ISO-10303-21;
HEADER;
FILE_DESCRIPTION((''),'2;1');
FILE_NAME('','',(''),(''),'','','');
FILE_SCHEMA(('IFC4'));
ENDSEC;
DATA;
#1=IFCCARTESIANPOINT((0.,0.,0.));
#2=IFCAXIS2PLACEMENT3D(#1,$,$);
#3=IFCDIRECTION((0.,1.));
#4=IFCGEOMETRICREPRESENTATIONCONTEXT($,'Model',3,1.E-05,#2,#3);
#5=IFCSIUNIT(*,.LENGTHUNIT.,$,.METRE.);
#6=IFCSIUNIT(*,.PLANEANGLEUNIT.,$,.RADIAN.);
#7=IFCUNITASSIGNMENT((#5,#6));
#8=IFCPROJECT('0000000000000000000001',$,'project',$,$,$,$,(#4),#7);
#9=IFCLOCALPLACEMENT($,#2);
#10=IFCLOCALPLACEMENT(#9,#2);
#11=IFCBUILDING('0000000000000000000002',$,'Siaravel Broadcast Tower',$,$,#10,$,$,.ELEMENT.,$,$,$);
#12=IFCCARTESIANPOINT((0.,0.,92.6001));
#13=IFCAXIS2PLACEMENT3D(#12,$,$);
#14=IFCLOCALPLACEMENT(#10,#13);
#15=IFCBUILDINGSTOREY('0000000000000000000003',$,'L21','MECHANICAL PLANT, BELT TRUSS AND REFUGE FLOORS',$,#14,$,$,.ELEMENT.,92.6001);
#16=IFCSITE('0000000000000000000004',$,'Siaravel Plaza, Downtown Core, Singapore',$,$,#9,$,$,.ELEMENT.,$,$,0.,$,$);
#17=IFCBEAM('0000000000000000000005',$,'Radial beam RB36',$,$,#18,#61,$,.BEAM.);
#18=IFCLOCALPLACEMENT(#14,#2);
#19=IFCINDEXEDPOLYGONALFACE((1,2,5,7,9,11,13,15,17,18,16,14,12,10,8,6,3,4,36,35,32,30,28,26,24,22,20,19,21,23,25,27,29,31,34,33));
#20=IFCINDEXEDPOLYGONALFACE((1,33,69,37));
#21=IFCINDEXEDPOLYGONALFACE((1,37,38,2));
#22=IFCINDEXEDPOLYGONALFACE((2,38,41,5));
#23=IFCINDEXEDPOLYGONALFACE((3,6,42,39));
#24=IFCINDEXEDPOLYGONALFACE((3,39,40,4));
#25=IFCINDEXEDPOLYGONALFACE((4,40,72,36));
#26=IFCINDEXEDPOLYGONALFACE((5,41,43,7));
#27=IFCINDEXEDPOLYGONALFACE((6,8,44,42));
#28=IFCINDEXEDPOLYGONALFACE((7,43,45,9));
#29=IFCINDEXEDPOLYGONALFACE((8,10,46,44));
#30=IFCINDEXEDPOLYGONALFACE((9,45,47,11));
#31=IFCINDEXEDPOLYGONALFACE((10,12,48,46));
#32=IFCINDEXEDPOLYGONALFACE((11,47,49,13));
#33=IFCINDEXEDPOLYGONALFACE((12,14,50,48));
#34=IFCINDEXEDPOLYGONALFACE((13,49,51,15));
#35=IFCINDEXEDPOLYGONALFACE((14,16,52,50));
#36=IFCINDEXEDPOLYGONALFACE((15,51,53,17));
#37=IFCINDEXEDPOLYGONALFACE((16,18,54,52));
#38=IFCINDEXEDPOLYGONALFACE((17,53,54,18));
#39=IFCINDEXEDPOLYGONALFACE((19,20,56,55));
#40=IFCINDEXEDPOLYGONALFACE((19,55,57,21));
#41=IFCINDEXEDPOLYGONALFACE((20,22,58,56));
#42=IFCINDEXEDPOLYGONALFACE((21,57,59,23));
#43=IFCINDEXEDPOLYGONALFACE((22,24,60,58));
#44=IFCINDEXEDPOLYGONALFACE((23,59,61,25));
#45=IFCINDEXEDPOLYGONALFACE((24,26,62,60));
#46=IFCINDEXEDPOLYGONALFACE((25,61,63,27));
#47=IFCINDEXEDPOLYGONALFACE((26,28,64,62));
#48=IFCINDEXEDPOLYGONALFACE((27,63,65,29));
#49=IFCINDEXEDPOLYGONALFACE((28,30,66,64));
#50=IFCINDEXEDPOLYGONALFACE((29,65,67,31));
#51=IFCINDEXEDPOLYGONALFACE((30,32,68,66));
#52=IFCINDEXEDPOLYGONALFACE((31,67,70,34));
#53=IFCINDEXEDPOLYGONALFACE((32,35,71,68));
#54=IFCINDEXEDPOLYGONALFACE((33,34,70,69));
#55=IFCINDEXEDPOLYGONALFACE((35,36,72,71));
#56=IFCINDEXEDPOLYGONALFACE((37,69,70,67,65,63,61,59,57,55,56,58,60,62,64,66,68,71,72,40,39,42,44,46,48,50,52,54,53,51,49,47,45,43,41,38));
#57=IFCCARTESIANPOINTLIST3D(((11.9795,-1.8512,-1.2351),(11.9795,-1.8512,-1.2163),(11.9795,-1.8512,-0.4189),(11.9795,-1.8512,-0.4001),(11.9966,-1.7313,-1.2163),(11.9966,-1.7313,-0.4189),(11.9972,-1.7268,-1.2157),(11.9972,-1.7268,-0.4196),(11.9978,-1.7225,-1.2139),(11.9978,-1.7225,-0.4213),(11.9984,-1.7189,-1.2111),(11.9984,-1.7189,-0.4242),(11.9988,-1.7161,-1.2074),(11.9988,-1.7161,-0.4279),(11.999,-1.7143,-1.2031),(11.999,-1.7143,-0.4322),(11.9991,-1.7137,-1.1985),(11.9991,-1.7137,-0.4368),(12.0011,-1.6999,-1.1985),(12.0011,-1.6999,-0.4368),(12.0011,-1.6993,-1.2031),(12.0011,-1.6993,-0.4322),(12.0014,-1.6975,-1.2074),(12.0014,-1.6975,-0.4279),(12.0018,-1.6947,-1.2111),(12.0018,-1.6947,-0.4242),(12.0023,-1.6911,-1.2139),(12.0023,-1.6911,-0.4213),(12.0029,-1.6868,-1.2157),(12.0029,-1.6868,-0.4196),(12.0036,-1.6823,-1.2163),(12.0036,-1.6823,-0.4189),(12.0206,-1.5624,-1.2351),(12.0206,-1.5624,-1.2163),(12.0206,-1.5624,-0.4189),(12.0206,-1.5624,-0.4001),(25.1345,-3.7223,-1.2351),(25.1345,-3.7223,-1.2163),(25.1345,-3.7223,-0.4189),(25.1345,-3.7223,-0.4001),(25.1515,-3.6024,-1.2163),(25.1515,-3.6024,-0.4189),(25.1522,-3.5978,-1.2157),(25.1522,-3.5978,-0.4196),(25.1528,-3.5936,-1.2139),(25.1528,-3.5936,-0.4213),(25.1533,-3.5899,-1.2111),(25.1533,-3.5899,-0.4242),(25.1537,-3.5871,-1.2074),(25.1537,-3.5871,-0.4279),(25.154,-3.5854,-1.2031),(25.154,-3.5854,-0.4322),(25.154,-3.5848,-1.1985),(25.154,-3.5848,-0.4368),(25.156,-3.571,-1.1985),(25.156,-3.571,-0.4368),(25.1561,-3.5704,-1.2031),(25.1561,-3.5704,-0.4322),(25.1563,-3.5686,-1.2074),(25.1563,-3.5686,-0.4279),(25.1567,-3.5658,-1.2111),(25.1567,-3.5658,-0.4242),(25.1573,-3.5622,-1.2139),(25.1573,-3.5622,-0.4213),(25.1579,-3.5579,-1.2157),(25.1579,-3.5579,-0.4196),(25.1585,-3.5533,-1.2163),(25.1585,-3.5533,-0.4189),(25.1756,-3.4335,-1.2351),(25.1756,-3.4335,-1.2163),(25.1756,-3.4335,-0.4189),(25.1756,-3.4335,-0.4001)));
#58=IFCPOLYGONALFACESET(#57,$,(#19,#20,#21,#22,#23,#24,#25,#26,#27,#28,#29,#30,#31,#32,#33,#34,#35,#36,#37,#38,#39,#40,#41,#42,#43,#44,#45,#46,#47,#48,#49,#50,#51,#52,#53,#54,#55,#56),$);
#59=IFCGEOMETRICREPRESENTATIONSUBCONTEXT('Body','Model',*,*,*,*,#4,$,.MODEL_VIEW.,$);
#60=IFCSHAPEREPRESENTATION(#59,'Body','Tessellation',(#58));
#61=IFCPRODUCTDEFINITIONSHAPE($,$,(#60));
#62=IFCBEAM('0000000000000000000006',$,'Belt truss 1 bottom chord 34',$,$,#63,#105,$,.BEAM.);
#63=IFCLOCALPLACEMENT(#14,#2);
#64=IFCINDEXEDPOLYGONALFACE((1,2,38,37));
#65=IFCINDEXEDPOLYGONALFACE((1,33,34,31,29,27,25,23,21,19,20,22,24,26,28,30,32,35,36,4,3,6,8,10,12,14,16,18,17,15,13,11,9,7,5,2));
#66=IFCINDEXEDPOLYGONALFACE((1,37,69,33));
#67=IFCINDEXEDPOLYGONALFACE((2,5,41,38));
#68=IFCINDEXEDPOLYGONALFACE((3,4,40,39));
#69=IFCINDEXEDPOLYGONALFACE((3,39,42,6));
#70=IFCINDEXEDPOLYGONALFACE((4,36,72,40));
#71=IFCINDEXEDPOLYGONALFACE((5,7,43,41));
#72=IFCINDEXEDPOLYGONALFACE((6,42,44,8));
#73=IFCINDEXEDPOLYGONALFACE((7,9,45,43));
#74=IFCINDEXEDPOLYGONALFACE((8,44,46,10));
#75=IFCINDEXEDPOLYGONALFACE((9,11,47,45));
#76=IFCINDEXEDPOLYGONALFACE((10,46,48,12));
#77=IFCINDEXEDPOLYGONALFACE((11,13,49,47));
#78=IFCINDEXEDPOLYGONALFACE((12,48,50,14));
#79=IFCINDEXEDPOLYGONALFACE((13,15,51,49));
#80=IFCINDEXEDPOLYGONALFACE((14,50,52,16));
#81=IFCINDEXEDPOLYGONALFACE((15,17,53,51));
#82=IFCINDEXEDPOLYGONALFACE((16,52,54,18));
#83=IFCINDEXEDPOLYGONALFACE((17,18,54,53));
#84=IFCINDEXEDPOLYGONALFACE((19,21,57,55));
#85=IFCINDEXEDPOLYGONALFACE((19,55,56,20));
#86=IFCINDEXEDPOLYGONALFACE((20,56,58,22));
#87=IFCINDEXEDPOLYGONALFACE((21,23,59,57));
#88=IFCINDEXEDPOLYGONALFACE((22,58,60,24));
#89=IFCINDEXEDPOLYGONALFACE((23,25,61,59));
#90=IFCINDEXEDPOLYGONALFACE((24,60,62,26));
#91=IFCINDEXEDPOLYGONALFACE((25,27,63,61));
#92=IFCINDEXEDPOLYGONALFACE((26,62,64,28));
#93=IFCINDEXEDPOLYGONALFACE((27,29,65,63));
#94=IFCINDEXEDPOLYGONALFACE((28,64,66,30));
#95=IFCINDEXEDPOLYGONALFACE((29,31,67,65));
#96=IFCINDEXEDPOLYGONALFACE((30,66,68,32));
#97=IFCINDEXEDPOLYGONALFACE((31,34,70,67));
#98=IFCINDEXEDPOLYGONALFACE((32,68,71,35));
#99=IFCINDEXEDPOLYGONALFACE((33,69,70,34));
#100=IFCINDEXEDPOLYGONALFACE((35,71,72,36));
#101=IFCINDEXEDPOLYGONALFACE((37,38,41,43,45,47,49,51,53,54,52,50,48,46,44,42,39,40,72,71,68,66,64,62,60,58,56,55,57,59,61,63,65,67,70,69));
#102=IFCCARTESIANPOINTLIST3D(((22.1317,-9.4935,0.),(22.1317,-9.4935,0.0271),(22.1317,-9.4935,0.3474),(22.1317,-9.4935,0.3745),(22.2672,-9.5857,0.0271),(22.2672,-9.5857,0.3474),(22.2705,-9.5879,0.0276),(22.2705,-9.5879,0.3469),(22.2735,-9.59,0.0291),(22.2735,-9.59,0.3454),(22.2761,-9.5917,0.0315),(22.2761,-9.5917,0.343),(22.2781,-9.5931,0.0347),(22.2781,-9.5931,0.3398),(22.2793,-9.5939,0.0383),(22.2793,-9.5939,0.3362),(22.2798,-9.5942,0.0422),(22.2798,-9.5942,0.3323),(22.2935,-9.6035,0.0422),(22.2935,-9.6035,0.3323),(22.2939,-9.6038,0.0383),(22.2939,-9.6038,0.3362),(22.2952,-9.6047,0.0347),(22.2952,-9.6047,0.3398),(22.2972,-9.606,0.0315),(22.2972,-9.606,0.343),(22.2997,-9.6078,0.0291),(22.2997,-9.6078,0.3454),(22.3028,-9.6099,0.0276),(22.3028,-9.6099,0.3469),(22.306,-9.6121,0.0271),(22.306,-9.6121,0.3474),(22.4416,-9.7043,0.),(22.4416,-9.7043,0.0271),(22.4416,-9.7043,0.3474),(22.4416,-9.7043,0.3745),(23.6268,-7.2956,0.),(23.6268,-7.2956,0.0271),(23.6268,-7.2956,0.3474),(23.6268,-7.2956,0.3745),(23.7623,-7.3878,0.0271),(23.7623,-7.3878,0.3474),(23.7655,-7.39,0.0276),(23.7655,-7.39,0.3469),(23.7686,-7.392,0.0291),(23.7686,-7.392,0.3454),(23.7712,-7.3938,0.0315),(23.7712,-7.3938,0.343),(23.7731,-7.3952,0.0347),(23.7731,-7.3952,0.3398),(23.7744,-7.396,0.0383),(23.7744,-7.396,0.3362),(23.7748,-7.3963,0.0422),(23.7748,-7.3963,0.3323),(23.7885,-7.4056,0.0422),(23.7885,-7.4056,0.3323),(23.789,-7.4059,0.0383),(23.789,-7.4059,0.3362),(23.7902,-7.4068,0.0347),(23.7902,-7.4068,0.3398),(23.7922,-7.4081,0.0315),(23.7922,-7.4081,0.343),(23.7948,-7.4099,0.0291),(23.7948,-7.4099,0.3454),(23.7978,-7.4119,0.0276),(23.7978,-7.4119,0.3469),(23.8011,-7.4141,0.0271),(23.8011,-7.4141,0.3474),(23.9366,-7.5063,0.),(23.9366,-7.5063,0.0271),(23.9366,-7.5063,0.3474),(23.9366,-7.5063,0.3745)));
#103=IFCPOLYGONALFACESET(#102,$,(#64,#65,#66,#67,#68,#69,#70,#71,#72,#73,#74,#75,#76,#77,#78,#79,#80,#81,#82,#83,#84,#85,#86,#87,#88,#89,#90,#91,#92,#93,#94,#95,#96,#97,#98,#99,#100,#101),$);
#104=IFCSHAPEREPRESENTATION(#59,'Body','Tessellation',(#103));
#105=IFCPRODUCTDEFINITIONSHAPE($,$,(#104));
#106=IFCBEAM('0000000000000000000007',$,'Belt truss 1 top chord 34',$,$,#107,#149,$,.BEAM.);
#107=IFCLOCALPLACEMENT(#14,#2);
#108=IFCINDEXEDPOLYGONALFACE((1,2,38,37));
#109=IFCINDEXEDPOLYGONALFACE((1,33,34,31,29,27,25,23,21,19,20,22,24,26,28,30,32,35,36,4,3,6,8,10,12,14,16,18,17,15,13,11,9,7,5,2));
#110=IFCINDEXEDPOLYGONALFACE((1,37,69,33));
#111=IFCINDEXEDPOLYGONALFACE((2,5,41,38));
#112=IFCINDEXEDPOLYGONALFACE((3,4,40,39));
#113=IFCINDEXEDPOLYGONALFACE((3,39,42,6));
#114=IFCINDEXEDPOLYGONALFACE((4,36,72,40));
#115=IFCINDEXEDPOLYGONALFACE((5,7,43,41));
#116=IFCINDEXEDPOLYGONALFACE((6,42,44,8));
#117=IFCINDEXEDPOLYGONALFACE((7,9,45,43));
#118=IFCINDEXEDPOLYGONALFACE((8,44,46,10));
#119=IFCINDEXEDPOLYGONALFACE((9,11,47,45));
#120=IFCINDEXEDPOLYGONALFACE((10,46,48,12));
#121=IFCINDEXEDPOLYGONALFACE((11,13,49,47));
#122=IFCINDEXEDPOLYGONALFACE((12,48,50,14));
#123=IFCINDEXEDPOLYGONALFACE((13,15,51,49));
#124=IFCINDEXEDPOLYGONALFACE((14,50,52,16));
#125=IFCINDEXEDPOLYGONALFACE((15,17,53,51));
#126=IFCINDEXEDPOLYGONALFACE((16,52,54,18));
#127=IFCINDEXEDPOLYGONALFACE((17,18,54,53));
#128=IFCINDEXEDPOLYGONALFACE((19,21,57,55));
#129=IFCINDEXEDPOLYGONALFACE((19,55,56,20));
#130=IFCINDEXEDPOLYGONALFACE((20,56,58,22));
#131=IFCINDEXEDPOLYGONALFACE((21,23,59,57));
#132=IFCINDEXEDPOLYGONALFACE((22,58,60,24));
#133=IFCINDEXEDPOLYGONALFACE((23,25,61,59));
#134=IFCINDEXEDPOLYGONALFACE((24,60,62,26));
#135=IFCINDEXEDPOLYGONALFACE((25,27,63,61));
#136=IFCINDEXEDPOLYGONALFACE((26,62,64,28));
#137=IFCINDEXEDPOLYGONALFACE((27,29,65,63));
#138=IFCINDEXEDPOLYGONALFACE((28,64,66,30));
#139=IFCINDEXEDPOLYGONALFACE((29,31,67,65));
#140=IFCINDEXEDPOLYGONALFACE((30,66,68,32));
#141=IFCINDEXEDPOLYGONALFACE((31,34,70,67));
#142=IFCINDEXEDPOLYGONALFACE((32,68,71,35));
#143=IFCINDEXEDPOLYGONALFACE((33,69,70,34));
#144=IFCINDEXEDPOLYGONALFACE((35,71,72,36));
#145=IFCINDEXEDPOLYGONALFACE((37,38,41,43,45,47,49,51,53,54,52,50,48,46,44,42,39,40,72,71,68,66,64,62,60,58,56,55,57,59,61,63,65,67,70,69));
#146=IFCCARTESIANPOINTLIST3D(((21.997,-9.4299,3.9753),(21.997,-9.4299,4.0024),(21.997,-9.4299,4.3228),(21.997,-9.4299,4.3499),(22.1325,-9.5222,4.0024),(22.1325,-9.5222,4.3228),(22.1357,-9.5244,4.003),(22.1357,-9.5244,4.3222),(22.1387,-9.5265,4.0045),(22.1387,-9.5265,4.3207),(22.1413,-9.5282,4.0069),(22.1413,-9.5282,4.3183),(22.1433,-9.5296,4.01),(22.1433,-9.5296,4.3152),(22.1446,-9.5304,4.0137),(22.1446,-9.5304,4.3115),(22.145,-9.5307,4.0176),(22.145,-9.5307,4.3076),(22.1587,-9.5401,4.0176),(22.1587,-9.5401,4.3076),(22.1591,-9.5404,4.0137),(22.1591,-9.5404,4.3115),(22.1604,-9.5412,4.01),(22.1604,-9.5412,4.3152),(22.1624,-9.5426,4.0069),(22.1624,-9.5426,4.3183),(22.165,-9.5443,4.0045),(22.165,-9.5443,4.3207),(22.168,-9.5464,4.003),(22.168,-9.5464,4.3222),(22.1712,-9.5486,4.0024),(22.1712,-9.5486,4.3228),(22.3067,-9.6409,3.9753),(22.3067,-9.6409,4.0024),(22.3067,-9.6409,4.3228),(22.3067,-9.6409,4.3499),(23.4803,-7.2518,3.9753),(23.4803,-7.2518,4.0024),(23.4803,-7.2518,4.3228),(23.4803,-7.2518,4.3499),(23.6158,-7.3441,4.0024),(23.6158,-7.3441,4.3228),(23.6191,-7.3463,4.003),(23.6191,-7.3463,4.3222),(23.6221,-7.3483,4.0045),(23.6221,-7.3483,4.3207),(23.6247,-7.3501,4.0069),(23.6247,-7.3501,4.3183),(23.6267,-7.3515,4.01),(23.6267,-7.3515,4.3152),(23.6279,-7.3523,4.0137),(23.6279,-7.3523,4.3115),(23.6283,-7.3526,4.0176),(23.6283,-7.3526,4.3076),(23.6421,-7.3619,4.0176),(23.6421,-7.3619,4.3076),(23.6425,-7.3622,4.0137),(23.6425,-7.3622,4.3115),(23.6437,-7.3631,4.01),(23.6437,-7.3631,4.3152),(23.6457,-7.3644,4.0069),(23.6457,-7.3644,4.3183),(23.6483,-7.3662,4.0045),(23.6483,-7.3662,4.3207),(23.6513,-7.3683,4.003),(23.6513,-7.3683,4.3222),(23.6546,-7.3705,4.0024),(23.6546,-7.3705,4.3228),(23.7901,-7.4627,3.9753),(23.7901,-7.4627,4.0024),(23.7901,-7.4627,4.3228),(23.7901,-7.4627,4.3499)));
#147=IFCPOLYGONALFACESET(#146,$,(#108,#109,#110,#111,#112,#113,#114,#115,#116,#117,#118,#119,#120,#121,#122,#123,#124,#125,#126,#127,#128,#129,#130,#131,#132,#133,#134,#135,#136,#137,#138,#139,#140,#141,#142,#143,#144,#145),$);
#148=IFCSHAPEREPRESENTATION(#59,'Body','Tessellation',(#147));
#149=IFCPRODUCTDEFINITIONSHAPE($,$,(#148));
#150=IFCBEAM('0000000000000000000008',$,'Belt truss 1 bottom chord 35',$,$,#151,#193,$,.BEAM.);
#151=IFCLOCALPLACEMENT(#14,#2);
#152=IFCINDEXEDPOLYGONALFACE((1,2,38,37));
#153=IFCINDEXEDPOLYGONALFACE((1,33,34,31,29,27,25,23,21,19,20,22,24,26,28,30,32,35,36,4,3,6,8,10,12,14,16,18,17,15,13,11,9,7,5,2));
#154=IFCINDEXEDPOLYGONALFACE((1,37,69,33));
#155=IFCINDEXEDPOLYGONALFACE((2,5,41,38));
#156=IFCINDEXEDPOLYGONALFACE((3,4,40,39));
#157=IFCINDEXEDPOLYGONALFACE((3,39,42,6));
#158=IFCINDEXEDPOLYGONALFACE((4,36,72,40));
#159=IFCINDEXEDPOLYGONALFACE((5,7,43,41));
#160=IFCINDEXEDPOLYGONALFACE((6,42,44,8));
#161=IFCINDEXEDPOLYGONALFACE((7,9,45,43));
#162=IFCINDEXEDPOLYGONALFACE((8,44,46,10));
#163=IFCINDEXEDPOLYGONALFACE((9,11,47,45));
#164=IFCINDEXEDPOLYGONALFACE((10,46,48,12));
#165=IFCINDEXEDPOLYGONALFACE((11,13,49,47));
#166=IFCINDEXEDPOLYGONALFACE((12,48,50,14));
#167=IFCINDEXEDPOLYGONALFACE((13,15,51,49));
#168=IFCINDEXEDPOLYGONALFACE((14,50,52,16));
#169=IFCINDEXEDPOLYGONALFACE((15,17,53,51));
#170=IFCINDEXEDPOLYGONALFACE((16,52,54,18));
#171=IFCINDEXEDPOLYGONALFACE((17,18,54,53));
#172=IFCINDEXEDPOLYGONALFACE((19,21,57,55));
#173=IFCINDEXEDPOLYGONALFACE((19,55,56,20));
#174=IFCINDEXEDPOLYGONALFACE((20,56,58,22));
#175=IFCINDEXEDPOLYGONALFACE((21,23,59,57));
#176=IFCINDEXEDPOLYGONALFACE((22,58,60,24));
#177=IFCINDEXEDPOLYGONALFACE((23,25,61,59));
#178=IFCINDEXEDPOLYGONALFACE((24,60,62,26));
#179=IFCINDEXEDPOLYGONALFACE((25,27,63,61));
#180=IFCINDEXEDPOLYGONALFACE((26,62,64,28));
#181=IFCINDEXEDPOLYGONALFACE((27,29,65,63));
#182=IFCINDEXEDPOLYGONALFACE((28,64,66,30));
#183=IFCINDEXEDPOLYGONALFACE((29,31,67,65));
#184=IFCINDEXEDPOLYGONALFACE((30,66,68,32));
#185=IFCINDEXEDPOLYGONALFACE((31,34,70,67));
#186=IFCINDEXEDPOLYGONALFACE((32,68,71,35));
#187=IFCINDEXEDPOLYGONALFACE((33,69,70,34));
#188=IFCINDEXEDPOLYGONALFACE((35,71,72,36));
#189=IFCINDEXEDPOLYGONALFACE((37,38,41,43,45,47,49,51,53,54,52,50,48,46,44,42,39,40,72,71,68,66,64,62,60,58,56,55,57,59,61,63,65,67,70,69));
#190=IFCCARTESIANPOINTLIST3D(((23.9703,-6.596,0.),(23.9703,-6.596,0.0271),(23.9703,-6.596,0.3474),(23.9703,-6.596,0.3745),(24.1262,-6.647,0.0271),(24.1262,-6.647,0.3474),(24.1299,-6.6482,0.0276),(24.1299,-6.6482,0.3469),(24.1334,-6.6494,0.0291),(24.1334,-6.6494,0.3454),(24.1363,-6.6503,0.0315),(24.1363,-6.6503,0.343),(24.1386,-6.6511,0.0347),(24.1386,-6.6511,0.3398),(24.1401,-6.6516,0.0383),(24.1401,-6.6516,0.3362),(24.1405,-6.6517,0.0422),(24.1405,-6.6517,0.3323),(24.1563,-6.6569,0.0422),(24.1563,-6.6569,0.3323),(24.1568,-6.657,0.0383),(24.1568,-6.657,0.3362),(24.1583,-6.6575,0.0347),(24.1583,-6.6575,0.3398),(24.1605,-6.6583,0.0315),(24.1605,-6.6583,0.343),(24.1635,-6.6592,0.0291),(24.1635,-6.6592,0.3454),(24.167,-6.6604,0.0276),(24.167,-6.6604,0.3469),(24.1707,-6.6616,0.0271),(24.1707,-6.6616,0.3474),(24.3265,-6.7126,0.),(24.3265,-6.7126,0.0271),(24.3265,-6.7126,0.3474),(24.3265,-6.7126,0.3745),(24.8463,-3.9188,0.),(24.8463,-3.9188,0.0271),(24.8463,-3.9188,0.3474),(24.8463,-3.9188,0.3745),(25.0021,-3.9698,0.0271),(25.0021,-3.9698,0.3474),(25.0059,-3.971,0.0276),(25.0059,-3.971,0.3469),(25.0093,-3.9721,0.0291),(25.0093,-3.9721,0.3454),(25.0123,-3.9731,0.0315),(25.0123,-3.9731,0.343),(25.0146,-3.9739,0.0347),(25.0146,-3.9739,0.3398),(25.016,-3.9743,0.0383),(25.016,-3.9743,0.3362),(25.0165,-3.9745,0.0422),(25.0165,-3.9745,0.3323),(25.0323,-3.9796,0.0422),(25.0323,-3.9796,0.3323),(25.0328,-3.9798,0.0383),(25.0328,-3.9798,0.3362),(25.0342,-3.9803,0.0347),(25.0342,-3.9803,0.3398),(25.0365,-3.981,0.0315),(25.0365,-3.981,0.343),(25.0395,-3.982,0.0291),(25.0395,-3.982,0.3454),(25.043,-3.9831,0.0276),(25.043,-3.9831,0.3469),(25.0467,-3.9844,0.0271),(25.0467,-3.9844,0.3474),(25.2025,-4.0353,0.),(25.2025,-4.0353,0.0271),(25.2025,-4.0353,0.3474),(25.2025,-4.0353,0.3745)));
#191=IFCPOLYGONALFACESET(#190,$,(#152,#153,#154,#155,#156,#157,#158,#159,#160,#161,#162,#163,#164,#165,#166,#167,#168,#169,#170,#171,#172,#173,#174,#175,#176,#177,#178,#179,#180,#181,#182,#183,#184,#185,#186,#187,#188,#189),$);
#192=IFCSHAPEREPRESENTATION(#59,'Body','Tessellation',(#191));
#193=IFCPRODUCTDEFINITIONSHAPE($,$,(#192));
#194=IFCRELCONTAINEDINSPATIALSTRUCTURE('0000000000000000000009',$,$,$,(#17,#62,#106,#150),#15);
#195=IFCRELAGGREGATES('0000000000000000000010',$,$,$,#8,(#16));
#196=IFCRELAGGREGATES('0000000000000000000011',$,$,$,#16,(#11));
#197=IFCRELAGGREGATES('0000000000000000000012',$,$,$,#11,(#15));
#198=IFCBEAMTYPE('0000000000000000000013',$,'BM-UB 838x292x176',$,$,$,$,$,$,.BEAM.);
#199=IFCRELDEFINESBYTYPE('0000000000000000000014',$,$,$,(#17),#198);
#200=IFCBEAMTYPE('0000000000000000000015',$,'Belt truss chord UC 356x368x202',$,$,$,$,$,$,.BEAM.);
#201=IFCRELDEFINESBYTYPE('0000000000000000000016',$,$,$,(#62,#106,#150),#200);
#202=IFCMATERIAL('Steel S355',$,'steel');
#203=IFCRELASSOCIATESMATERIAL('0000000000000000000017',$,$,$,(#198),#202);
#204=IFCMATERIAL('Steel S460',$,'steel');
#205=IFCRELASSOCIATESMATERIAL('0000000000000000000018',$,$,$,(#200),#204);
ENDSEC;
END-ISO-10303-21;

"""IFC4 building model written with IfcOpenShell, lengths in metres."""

from ifc_helpers import new_model, si_unit, direction, frame, origin, origin_2d, place, context, subcontext, project, spatial, i_section, extrude, material, material_profile, profile_set, type_object, element, save


model = new_model("IFC4")

# Units and contexts
model_context = context("Model", 3, precision=1e-05, world=origin(), true_north=direction((0.0, 1.0)))
body_context = subcontext(model_context, "Body", "Model", "MODEL_VIEW")
ifc_project = project(units=[si_unit("LENGTHUNIT", "METRE"), si_unit("PLANEANGLEUNIT", "RADIAN")], contexts=[model_context])

# Site, building, storey
site_placement = place(None, origin())
site = spatial("IfcSite", under=ifc_project, at=site_placement, Name="Siaravel Plaza, Downtown Core, Singapore", CompositionType="ELEMENT", RefElevation=0.0)
building_placement = place(site_placement, origin())
building = spatial("IfcBuilding", under=site, at=building_placement, Name="Siaravel Broadcast Tower", CompositionType="ELEMENT")
storey_placement = place(building_placement, frame((0.0, 0.0, 92.6001)))
storey = spatial("IfcBuildingStorey", under=building, at=storey_placement, Name="L21", Description="MECHANICAL PLANT, BELT TRUSS AND REFUGE FLOORS", CompositionType="ELEMENT", Elevation=92.6001)

# Beams
ifc_material_1 = material(Name="Steel S355", Category="steel")
ifc_material_profile_1 = material_profile(ifc_material_1, i_section(OverallWidth=0.2917, OverallDepth=0.835, WebThickness=0.0139, FlangeThickness=0.0188, FilletRadius=0.0178, at=origin_2d()))
ifc_profile_set_1 = profile_set([ifc_material_profile_1], Name="Steel S355")
beam_type_1 = type_object("IfcBeamType", Name="BM-UB 838x292x176", PredefinedType="BEAM", material=ifc_profile_set_1)
beam_1_placement = place(storey_placement, frame((25.155, -3.5779, -0.8176), z_axis=(-0.990036, 0.140817, 0.0), x_axis=(-0.140817, -0.990036, 0.0)))
element("IfcBeam", 1, at=beam_1_placement, inside=storey, type_object=beam_type_1, Name="Radial beam RB36", PredefinedType="BEAM", context=body_context, shape_type="SweptSolid", body=[
    extrude(i_section(OverallWidth=0.2917, OverallDepth=0.835, WebThickness=0.0139, FlangeThickness=0.0188, FilletRadius=0.0178, at=origin_2d()), origin(), (0.0, 0.0, 1.0), 13.2874),
])
ifc_material_2 = material(Name="Steel S460", Category="steel")
ifc_material_profile_2 = material_profile(ifc_material_2, i_section(OverallWidth=0.3748, OverallDepth=0.3745, WebThickness=0.0166, FlangeThickness=0.0271, FilletRadius=0.0151, at=origin_2d()))
ifc_profile_set_2 = profile_set([ifc_material_profile_2], Name="Steel S460")
beam_type_2 = type_object("IfcBeamType", Name="Belt truss chord UC 356x368x202", PredefinedType="BEAM", material=ifc_profile_set_2)
beam_2_placement = place(storey_placement, frame((22.2866, -9.5989, 0.1873), z_axis=(0.562433, 0.826843, 0.0), x_axis=(-0.826843, 0.562433, 0.0)))
element("IfcBeam", 2, at=beam_2_placement, inside=storey, type_object=beam_type_2, Name="Belt truss 1 bottom chord 34", PredefinedType="BEAM", context=body_context, shape_type="SweptSolid", body=[
    extrude(i_section(OverallWidth=0.3748, OverallDepth=0.3745, WebThickness=0.0166, FlangeThickness=0.0271, FilletRadius=0.0151, at=origin_2d()), origin(), (0.0, 0.0, 1.0), 2.6582),
])
beam_3_placement = place(storey_placement, frame((22.1519, -9.5354, 4.1626), z_axis=(0.562883, 0.826537, 0.0), x_axis=(-0.826537, 0.562883, 0.0)))
element("IfcBeam", 3, at=beam_3_placement, inside=storey, type_object=beam_type_2, Name="Belt truss 1 top chord 34", PredefinedType="BEAM", context=body_context, shape_type="SweptSolid", body=[
    extrude(i_section(OverallWidth=0.3748, OverallDepth=0.3745, WebThickness=0.0166, FlangeThickness=0.0271, FilletRadius=0.0151, at=origin_2d()), origin(), (0.0, 0.0, 1.0), 2.6353),
])
beam_4_placement = place(storey_placement, frame((24.1484, -6.6543, 0.1873), z_axis=(0.310971, 0.950419, 0.0), x_axis=(-0.950419, 0.310971, 0.0)))
element("IfcBeam", 4, at=beam_4_placement, inside=storey, type_object=beam_type_2, Name="Belt truss 1 bottom chord 35", PredefinedType="BEAM", context=body_context, shape_type="SweptSolid", body=[
    extrude(i_section(OverallWidth=0.3748, OverallDepth=0.3745, WebThickness=0.0166, FlangeThickness=0.0271, FilletRadius=0.0151, at=origin_2d()), origin(), (0.0, 0.0, 1.0), 2.8169),
])

save(model, "model.ifc")
